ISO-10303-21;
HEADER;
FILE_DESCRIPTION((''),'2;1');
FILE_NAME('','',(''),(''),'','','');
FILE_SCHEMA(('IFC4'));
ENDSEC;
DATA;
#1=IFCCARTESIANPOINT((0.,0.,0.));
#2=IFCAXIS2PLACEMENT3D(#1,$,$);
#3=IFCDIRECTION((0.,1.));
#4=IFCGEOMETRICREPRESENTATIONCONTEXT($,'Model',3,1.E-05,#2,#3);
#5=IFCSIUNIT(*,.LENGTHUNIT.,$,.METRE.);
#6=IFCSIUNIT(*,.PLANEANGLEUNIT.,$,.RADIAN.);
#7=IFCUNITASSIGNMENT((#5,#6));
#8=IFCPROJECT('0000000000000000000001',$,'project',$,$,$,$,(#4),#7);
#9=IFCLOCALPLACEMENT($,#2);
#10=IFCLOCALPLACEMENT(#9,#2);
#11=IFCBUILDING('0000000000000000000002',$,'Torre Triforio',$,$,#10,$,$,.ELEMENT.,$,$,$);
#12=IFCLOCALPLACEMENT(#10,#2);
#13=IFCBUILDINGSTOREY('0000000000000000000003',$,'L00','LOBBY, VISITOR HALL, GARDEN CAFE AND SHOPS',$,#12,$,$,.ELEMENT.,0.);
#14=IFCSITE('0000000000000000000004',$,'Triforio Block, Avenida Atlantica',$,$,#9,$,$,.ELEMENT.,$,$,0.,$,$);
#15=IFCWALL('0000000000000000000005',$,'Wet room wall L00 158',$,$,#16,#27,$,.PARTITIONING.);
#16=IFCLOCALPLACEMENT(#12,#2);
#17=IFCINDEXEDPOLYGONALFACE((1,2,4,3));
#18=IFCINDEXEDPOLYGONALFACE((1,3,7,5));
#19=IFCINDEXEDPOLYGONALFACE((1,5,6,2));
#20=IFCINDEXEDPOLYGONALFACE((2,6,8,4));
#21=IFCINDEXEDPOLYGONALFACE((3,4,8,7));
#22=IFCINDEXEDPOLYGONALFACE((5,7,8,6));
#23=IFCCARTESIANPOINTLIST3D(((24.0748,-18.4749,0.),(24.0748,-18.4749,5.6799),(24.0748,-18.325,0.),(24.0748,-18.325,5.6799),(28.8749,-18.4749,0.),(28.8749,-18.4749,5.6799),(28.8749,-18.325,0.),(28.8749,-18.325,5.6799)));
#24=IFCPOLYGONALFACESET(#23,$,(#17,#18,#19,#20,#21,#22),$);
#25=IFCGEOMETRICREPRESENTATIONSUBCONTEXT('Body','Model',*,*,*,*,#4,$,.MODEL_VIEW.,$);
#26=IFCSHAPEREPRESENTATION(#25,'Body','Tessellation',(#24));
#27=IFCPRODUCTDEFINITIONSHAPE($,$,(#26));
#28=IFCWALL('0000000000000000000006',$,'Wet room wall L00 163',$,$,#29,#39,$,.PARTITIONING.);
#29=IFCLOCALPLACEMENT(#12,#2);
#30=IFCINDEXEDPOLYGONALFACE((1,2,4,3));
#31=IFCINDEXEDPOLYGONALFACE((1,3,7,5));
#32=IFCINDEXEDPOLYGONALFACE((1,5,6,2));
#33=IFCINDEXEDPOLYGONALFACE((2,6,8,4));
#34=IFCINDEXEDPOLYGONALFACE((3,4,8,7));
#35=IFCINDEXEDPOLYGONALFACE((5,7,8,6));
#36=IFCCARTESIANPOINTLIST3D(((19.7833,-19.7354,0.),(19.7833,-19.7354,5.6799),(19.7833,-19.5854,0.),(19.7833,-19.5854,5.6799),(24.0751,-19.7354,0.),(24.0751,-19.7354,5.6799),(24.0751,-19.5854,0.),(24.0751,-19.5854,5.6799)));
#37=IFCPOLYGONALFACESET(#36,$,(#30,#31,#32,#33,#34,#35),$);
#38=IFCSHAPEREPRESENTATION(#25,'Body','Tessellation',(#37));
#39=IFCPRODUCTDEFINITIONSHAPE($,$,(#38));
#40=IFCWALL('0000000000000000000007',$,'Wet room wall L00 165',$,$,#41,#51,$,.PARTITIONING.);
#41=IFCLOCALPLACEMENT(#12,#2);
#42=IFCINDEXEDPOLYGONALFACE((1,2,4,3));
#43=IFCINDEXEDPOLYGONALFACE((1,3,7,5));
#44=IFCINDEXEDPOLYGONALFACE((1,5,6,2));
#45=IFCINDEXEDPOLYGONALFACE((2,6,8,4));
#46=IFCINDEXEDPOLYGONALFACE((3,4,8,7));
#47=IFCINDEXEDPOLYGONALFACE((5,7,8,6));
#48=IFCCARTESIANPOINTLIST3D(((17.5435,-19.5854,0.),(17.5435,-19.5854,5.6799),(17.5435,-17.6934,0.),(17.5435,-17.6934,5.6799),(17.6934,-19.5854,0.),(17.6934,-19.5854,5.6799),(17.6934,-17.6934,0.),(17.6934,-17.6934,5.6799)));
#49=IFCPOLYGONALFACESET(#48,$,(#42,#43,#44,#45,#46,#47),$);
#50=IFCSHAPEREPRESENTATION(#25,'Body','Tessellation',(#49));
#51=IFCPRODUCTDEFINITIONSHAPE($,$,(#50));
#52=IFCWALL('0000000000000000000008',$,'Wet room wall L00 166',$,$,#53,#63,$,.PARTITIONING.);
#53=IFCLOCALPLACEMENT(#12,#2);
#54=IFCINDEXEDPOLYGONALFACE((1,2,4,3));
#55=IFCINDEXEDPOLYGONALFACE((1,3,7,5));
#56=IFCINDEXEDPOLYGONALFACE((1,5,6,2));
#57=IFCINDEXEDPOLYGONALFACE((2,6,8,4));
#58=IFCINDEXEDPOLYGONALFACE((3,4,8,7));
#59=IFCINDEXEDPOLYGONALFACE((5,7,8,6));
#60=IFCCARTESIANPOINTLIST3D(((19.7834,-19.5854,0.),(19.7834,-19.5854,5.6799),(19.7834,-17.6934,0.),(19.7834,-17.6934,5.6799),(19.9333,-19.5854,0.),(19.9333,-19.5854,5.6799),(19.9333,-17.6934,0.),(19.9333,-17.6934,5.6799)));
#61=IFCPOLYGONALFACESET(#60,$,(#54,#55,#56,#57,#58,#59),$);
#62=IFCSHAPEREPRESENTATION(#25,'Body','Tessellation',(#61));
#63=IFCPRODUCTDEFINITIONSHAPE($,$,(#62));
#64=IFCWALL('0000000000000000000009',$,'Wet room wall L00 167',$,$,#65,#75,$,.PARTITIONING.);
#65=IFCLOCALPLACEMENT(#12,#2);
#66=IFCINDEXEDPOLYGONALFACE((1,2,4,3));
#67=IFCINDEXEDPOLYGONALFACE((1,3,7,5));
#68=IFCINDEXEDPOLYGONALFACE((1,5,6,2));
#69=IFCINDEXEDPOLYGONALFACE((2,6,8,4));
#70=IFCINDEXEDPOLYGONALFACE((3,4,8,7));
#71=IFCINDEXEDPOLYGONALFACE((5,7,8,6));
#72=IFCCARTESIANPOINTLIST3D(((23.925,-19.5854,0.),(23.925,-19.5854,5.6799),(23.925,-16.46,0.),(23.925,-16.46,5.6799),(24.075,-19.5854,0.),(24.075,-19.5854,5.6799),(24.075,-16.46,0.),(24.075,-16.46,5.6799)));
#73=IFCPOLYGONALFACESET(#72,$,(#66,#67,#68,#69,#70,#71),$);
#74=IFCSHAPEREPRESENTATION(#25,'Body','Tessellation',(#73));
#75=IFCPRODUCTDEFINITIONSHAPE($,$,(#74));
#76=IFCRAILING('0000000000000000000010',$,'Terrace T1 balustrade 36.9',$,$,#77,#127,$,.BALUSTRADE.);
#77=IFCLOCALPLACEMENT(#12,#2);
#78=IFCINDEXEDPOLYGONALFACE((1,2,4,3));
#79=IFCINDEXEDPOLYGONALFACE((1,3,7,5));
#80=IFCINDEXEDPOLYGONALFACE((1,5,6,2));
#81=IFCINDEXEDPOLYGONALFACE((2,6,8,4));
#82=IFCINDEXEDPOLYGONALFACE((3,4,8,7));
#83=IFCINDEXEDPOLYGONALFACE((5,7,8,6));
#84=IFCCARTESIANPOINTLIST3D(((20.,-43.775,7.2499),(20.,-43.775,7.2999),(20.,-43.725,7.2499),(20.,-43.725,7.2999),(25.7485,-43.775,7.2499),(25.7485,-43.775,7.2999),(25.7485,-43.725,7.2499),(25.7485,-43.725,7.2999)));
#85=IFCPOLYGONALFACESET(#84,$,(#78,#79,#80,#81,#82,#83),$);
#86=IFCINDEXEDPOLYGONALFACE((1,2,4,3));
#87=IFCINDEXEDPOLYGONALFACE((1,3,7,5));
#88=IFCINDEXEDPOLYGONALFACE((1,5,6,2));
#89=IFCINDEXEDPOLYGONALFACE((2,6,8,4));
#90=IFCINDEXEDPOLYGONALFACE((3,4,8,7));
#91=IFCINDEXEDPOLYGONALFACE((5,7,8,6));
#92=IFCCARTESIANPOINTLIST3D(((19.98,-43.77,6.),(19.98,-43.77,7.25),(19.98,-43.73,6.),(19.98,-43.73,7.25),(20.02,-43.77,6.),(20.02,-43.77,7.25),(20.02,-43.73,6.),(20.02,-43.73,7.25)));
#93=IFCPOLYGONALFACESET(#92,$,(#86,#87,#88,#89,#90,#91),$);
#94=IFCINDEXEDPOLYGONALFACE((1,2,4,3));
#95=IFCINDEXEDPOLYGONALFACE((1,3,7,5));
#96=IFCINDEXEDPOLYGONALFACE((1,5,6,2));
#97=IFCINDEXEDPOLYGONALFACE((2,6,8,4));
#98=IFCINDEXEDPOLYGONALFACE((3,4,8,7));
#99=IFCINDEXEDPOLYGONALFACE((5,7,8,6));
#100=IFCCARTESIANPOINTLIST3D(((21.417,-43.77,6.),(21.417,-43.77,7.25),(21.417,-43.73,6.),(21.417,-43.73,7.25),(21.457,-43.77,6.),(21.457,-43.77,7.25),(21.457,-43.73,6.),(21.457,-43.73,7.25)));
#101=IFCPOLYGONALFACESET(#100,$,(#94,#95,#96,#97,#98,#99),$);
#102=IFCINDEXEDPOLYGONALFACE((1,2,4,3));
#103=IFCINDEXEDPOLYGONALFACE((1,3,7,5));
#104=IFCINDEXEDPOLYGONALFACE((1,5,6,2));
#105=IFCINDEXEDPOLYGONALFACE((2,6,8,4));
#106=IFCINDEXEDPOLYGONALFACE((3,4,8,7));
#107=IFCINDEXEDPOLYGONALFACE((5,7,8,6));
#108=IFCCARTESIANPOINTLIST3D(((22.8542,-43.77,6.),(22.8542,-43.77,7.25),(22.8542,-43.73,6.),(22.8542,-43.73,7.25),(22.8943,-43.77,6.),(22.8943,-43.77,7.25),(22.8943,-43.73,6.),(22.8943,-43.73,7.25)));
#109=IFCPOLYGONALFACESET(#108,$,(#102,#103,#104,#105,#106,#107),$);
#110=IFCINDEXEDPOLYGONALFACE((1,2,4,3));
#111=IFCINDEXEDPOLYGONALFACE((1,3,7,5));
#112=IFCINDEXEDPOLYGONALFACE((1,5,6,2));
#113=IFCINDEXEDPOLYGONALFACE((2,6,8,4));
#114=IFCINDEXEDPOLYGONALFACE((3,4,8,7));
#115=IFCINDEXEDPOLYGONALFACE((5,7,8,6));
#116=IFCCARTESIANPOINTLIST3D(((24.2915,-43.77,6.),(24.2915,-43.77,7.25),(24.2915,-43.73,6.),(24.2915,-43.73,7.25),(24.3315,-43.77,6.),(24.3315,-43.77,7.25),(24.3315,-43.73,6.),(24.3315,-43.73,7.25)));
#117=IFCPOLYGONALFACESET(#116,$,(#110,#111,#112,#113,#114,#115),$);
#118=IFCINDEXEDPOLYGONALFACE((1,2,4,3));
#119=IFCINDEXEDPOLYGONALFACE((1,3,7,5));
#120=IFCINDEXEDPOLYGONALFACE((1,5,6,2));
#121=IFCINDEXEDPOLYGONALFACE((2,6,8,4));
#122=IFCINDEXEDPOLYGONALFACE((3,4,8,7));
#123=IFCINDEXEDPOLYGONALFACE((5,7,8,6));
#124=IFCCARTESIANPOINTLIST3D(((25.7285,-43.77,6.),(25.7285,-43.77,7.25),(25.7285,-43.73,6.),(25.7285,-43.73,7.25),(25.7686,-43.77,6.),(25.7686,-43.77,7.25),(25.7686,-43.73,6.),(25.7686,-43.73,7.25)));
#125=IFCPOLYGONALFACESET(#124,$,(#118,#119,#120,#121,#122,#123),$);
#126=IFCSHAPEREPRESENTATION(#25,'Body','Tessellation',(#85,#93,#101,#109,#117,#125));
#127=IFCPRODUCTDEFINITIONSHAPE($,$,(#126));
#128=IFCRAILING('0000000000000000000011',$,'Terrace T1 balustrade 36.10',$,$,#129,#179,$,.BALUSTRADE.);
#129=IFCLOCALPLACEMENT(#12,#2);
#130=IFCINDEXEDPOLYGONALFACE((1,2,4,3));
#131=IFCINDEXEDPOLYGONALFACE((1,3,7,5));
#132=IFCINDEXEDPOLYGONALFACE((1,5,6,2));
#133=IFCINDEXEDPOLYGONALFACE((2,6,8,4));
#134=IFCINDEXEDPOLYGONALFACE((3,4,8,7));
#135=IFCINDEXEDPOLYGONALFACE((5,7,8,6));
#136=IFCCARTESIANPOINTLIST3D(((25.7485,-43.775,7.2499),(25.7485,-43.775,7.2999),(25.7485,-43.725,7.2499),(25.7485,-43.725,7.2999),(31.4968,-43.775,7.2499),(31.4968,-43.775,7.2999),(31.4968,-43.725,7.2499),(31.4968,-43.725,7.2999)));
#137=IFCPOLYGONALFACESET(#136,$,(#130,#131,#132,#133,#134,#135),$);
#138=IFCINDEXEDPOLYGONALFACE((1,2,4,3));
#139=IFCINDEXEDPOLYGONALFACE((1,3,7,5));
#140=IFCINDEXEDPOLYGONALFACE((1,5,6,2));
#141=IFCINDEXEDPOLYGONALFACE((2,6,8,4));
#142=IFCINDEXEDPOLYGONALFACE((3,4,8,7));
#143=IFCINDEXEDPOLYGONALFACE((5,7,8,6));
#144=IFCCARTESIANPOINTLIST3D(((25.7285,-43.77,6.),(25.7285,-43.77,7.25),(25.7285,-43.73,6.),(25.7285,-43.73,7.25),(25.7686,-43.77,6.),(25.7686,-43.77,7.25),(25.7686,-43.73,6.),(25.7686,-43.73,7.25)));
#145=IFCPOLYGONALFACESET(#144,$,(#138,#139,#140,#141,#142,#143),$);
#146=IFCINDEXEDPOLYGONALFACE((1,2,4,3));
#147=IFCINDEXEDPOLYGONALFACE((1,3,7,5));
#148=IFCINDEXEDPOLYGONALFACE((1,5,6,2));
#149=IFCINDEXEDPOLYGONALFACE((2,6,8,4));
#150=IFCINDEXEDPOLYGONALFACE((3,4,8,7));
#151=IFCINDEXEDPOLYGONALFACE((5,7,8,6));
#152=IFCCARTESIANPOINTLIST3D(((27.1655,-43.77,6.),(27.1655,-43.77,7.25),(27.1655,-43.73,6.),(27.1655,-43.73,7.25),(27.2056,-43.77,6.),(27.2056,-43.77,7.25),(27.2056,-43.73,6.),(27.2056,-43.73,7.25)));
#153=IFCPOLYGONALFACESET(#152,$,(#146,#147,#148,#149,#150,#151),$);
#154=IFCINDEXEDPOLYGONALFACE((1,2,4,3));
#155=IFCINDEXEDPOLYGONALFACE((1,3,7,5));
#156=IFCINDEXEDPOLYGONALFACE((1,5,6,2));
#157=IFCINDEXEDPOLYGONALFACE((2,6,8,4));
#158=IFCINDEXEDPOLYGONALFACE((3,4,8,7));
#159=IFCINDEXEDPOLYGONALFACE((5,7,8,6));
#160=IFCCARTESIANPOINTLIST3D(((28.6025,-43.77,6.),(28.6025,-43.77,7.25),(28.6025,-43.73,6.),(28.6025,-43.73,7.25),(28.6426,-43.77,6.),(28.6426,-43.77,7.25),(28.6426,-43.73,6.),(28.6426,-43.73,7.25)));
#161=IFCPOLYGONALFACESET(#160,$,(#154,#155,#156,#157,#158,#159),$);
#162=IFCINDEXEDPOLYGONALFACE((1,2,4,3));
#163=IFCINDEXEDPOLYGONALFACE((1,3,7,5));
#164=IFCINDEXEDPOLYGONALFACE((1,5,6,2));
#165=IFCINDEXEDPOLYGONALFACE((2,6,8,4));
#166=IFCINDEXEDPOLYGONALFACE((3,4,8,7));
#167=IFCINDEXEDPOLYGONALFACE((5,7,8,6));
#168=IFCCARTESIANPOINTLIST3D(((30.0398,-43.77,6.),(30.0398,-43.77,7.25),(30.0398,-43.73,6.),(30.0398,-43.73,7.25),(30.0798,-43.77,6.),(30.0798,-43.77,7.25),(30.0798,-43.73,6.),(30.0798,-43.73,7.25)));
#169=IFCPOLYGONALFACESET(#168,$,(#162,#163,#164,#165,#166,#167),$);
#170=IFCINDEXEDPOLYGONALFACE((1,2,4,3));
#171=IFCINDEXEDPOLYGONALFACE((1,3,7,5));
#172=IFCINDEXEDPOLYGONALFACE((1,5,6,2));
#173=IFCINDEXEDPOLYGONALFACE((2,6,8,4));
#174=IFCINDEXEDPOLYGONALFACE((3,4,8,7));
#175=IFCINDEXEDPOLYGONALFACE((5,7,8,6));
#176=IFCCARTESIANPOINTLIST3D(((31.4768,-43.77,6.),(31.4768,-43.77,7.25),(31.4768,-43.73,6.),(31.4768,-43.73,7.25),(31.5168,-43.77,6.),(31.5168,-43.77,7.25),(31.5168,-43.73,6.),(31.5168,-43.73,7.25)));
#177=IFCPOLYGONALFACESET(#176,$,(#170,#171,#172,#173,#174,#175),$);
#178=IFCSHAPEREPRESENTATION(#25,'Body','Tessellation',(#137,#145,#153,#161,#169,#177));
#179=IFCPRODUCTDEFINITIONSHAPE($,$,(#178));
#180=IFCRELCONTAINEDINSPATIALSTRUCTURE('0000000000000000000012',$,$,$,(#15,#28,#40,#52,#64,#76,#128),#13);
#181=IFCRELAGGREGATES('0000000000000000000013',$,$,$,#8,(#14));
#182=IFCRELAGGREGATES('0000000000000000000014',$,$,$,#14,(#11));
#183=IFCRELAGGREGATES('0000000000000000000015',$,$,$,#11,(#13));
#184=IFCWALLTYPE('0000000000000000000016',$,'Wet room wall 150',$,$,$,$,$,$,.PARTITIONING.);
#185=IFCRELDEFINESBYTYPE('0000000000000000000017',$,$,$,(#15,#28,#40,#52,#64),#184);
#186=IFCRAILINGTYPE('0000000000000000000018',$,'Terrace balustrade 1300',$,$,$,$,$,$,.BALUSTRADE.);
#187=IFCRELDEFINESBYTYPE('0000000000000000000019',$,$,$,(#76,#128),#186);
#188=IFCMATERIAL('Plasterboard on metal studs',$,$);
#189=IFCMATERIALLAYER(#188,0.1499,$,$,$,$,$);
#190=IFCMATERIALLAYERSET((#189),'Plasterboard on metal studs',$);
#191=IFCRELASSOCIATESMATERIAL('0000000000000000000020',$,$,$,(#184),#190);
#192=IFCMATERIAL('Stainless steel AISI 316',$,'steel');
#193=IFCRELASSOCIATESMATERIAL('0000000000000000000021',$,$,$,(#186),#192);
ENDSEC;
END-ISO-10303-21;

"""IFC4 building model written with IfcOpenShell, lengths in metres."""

from ifc_helpers import new_model, si_unit, direction, frame, frame_2d, origin, origin_2d, place, context, subcontext, project, spatial, rectangle, extrude, material, layer, layer_set, type_object, element, save


model = new_model("IFC4")

# Units and contexts
model_context = context("Model", 3, precision=1e-05, world=origin(), true_north=direction((0.0, 1.0)))
body_context = subcontext(model_context, "Body", "Model", "MODEL_VIEW")
ifc_project = project(units=[si_unit("LENGTHUNIT", "METRE"), si_unit("PLANEANGLEUNIT", "RADIAN")], contexts=[model_context])

# Site, building, storey
site_placement = place(None, origin())
site = spatial("IfcSite", under=ifc_project, at=site_placement, Name="Triforio Block, Avenida Atlantica", CompositionType="ELEMENT", RefElevation=0.0)
building_placement = place(site_placement, origin())
building = spatial("IfcBuilding", under=site, at=building_placement, Name="Torre Triforio", CompositionType="ELEMENT")
storey_placement = place(building_placement, origin())
storey = spatial("IfcBuildingStorey", under=building, at=storey_placement, Name="L00", Description="LOBBY, VISITOR HALL, GARDEN CAFE AND SHOPS", CompositionType="ELEMENT", Elevation=0.0)

# Shared definitions
ifc_material_1 = material(Name="Plasterboard on metal studs")

# Walls
ifc_layer_1 = layer(ifc_material_1, 0.1499)
ifc_layer_set_1 = layer_set([ifc_layer_1], Name="Plasterboard on metal studs")
wall_type_1 = type_object("IfcWallType", Name="Wet room wall 150", PredefinedType="PARTITIONING", material=ifc_layer_set_1)
wall_1_placement = place(storey_placement, frame((24.075, -18.3999, 0.0), z_axis=(0.0, 0.0, 1.0), x_axis=(1.0, 0.0, 0.0)))
element("IfcWall", 1, at=wall_1_placement, inside=storey, type_object=wall_type_1, Name="Wet room wall L00 158", PredefinedType="PARTITIONING", context=body_context, shape_type="SweptSolid", body=[
    extrude(rectangle(XDim=4.8, YDim=0.1499, at=frame_2d((2.3999, 0.0))), origin(), (0.0, 0.0, 1.0), 5.6799),
])
wall_2_placement = place(storey_placement, frame((19.7832, -19.6604, 0.0), z_axis=(0.0, 0.0, 1.0), x_axis=(1.0, 0.0, 0.0)))
element("IfcWall", 2, at=wall_2_placement, inside=storey, type_object=wall_type_1, Name="Wet room wall L00 163", PredefinedType="PARTITIONING", context=body_context, shape_type="SweptSolid", body=[
    extrude(rectangle(XDim=4.2917, YDim=0.1499, at=frame_2d((2.146, 0.0))), origin(), (0.0, 0.0, 1.0), 5.6799),
])
for number, where, z_axis, x_axis, name in (
    (3, (17.6184, -19.5854, 0.0), (0.0, 0.0, 1.0), (0.0, 1.0, 0.0), "Wet room wall L00 165"),
    (4, (19.8584, -19.5854, 0.0), (0.0, 0.0, 1.0), (0.0, 1.0, 0.0), "Wet room wall L00 166"),
):
    element("IfcWall", number, at=place(storey_placement, frame(where, z_axis=z_axis, x_axis=x_axis)), inside=storey, type_object=wall_type_1, Name=name, PredefinedType="PARTITIONING", context=body_context, shape_type="SweptSolid", body=[
        extrude(rectangle(XDim=1.8921, YDim=0.1499, at=frame_2d((0.946, 0.0))), origin(), (0.0, 0.0, 1.0), 5.6799),
    ])
wall_3_placement = place(storey_placement, frame((24.0, -19.5854, 0.0), z_axis=(0.0, 0.0, 1.0), x_axis=(0.0, 1.0, 0.0)))
element("IfcWall", 5, at=wall_3_placement, inside=storey, type_object=wall_type_1, Name="Wet room wall L00 167", PredefinedType="PARTITIONING", context=body_context, shape_type="SweptSolid", body=[
    extrude(rectangle(XDim=3.1255, YDim=0.1499, at=frame_2d((1.5627, 0.0))), origin(), (0.0, 0.0, 1.0), 5.6799),
])

# Railings
ifc_material_2 = material(Name="Stainless steel AISI 316", Category="steel")
railing_type = type_object("IfcRailingType", Name="Terrace balustrade 1300", PredefinedType="BALUSTRADE", material=ifc_material_2)
railing_1_placement = place(storey_placement, frame((20.0, -43.75, 6.0)))
element("IfcRailing", 6, at=railing_1_placement, inside=storey, type_object=railing_type, Name="Terrace T1 balustrade 36.9", PredefinedType="BALUSTRADE", context=body_context, shape_type="SweptSolid", body=[
    extrude(rectangle(XDim=0.05, YDim=0.05, at=origin_2d()), frame((0.0, 0.0, 1.2749), z_axis=(1.0, 0.0, 0.0), x_axis=(0.0, 1.0, 0.0)), (0.0, 0.0, 1.0), 5.7485),
    extrude(rectangle(XDim=0.04, YDim=0.04, at=origin_2d()), origin(), (0.0, 0.0, 1.0), 1.25),
    extrude(rectangle(XDim=0.04, YDim=0.04, at=origin_2d()), frame((1.437, 0.0, 0.0)), (0.0, 0.0, 1.0), 1.25),
    extrude(rectangle(XDim=0.04, YDim=0.04, at=origin_2d()), frame((2.8743, 0.0, 0.0)), (0.0, 0.0, 1.0), 1.25),
    extrude(rectangle(XDim=0.04, YDim=0.04, at=origin_2d()), frame((4.3115, 0.0, 0.0)), (0.0, 0.0, 1.0), 1.25),
    extrude(rectangle(XDim=0.04, YDim=0.04, at=origin_2d()), frame((5.7485, 0.0, 0.0)), (0.0, 0.0, 1.0), 1.25),
])
railing_2_placement = place(storey_placement, frame((25.7485, -43.75, 6.0)))
element("IfcRailing", 7, at=railing_2_placement, inside=storey, type_object=railing_type, Name="Terrace T1 balustrade 36.10", PredefinedType="BALUSTRADE", context=body_context, shape_type="SweptSolid", body=[
    extrude(rectangle(XDim=0.05, YDim=0.05, at=origin_2d()), frame((0.0, 0.0, 1.2749), z_axis=(1.0, 0.0, 0.0), x_axis=(0.0, 1.0, 0.0)), (0.0, 0.0, 1.0), 5.7483),
    extrude(rectangle(XDim=0.04, YDim=0.04, at=origin_2d()), origin(), (0.0, 0.0, 1.0), 1.25),
    extrude(rectangle(XDim=0.04, YDim=0.04, at=origin_2d()), frame((1.437, 0.0, 0.0)), (0.0, 0.0, 1.0), 1.25),
    extrude(rectangle(XDim=0.04, YDim=0.04, at=origin_2d()), frame((2.874, 0.0, 0.0)), (0.0, 0.0, 1.0), 1.25),
    extrude(rectangle(XDim=0.04, YDim=0.04, at=origin_2d()), frame((4.3113, 0.0, 0.0)), (0.0, 0.0, 1.0), 1.25),
    extrude(rectangle(XDim=0.04, YDim=0.04, at=origin_2d()), frame((5.7483, 0.0, 0.0)), (0.0, 0.0, 1.0), 1.25),
])

save(model, "model.ifc")
